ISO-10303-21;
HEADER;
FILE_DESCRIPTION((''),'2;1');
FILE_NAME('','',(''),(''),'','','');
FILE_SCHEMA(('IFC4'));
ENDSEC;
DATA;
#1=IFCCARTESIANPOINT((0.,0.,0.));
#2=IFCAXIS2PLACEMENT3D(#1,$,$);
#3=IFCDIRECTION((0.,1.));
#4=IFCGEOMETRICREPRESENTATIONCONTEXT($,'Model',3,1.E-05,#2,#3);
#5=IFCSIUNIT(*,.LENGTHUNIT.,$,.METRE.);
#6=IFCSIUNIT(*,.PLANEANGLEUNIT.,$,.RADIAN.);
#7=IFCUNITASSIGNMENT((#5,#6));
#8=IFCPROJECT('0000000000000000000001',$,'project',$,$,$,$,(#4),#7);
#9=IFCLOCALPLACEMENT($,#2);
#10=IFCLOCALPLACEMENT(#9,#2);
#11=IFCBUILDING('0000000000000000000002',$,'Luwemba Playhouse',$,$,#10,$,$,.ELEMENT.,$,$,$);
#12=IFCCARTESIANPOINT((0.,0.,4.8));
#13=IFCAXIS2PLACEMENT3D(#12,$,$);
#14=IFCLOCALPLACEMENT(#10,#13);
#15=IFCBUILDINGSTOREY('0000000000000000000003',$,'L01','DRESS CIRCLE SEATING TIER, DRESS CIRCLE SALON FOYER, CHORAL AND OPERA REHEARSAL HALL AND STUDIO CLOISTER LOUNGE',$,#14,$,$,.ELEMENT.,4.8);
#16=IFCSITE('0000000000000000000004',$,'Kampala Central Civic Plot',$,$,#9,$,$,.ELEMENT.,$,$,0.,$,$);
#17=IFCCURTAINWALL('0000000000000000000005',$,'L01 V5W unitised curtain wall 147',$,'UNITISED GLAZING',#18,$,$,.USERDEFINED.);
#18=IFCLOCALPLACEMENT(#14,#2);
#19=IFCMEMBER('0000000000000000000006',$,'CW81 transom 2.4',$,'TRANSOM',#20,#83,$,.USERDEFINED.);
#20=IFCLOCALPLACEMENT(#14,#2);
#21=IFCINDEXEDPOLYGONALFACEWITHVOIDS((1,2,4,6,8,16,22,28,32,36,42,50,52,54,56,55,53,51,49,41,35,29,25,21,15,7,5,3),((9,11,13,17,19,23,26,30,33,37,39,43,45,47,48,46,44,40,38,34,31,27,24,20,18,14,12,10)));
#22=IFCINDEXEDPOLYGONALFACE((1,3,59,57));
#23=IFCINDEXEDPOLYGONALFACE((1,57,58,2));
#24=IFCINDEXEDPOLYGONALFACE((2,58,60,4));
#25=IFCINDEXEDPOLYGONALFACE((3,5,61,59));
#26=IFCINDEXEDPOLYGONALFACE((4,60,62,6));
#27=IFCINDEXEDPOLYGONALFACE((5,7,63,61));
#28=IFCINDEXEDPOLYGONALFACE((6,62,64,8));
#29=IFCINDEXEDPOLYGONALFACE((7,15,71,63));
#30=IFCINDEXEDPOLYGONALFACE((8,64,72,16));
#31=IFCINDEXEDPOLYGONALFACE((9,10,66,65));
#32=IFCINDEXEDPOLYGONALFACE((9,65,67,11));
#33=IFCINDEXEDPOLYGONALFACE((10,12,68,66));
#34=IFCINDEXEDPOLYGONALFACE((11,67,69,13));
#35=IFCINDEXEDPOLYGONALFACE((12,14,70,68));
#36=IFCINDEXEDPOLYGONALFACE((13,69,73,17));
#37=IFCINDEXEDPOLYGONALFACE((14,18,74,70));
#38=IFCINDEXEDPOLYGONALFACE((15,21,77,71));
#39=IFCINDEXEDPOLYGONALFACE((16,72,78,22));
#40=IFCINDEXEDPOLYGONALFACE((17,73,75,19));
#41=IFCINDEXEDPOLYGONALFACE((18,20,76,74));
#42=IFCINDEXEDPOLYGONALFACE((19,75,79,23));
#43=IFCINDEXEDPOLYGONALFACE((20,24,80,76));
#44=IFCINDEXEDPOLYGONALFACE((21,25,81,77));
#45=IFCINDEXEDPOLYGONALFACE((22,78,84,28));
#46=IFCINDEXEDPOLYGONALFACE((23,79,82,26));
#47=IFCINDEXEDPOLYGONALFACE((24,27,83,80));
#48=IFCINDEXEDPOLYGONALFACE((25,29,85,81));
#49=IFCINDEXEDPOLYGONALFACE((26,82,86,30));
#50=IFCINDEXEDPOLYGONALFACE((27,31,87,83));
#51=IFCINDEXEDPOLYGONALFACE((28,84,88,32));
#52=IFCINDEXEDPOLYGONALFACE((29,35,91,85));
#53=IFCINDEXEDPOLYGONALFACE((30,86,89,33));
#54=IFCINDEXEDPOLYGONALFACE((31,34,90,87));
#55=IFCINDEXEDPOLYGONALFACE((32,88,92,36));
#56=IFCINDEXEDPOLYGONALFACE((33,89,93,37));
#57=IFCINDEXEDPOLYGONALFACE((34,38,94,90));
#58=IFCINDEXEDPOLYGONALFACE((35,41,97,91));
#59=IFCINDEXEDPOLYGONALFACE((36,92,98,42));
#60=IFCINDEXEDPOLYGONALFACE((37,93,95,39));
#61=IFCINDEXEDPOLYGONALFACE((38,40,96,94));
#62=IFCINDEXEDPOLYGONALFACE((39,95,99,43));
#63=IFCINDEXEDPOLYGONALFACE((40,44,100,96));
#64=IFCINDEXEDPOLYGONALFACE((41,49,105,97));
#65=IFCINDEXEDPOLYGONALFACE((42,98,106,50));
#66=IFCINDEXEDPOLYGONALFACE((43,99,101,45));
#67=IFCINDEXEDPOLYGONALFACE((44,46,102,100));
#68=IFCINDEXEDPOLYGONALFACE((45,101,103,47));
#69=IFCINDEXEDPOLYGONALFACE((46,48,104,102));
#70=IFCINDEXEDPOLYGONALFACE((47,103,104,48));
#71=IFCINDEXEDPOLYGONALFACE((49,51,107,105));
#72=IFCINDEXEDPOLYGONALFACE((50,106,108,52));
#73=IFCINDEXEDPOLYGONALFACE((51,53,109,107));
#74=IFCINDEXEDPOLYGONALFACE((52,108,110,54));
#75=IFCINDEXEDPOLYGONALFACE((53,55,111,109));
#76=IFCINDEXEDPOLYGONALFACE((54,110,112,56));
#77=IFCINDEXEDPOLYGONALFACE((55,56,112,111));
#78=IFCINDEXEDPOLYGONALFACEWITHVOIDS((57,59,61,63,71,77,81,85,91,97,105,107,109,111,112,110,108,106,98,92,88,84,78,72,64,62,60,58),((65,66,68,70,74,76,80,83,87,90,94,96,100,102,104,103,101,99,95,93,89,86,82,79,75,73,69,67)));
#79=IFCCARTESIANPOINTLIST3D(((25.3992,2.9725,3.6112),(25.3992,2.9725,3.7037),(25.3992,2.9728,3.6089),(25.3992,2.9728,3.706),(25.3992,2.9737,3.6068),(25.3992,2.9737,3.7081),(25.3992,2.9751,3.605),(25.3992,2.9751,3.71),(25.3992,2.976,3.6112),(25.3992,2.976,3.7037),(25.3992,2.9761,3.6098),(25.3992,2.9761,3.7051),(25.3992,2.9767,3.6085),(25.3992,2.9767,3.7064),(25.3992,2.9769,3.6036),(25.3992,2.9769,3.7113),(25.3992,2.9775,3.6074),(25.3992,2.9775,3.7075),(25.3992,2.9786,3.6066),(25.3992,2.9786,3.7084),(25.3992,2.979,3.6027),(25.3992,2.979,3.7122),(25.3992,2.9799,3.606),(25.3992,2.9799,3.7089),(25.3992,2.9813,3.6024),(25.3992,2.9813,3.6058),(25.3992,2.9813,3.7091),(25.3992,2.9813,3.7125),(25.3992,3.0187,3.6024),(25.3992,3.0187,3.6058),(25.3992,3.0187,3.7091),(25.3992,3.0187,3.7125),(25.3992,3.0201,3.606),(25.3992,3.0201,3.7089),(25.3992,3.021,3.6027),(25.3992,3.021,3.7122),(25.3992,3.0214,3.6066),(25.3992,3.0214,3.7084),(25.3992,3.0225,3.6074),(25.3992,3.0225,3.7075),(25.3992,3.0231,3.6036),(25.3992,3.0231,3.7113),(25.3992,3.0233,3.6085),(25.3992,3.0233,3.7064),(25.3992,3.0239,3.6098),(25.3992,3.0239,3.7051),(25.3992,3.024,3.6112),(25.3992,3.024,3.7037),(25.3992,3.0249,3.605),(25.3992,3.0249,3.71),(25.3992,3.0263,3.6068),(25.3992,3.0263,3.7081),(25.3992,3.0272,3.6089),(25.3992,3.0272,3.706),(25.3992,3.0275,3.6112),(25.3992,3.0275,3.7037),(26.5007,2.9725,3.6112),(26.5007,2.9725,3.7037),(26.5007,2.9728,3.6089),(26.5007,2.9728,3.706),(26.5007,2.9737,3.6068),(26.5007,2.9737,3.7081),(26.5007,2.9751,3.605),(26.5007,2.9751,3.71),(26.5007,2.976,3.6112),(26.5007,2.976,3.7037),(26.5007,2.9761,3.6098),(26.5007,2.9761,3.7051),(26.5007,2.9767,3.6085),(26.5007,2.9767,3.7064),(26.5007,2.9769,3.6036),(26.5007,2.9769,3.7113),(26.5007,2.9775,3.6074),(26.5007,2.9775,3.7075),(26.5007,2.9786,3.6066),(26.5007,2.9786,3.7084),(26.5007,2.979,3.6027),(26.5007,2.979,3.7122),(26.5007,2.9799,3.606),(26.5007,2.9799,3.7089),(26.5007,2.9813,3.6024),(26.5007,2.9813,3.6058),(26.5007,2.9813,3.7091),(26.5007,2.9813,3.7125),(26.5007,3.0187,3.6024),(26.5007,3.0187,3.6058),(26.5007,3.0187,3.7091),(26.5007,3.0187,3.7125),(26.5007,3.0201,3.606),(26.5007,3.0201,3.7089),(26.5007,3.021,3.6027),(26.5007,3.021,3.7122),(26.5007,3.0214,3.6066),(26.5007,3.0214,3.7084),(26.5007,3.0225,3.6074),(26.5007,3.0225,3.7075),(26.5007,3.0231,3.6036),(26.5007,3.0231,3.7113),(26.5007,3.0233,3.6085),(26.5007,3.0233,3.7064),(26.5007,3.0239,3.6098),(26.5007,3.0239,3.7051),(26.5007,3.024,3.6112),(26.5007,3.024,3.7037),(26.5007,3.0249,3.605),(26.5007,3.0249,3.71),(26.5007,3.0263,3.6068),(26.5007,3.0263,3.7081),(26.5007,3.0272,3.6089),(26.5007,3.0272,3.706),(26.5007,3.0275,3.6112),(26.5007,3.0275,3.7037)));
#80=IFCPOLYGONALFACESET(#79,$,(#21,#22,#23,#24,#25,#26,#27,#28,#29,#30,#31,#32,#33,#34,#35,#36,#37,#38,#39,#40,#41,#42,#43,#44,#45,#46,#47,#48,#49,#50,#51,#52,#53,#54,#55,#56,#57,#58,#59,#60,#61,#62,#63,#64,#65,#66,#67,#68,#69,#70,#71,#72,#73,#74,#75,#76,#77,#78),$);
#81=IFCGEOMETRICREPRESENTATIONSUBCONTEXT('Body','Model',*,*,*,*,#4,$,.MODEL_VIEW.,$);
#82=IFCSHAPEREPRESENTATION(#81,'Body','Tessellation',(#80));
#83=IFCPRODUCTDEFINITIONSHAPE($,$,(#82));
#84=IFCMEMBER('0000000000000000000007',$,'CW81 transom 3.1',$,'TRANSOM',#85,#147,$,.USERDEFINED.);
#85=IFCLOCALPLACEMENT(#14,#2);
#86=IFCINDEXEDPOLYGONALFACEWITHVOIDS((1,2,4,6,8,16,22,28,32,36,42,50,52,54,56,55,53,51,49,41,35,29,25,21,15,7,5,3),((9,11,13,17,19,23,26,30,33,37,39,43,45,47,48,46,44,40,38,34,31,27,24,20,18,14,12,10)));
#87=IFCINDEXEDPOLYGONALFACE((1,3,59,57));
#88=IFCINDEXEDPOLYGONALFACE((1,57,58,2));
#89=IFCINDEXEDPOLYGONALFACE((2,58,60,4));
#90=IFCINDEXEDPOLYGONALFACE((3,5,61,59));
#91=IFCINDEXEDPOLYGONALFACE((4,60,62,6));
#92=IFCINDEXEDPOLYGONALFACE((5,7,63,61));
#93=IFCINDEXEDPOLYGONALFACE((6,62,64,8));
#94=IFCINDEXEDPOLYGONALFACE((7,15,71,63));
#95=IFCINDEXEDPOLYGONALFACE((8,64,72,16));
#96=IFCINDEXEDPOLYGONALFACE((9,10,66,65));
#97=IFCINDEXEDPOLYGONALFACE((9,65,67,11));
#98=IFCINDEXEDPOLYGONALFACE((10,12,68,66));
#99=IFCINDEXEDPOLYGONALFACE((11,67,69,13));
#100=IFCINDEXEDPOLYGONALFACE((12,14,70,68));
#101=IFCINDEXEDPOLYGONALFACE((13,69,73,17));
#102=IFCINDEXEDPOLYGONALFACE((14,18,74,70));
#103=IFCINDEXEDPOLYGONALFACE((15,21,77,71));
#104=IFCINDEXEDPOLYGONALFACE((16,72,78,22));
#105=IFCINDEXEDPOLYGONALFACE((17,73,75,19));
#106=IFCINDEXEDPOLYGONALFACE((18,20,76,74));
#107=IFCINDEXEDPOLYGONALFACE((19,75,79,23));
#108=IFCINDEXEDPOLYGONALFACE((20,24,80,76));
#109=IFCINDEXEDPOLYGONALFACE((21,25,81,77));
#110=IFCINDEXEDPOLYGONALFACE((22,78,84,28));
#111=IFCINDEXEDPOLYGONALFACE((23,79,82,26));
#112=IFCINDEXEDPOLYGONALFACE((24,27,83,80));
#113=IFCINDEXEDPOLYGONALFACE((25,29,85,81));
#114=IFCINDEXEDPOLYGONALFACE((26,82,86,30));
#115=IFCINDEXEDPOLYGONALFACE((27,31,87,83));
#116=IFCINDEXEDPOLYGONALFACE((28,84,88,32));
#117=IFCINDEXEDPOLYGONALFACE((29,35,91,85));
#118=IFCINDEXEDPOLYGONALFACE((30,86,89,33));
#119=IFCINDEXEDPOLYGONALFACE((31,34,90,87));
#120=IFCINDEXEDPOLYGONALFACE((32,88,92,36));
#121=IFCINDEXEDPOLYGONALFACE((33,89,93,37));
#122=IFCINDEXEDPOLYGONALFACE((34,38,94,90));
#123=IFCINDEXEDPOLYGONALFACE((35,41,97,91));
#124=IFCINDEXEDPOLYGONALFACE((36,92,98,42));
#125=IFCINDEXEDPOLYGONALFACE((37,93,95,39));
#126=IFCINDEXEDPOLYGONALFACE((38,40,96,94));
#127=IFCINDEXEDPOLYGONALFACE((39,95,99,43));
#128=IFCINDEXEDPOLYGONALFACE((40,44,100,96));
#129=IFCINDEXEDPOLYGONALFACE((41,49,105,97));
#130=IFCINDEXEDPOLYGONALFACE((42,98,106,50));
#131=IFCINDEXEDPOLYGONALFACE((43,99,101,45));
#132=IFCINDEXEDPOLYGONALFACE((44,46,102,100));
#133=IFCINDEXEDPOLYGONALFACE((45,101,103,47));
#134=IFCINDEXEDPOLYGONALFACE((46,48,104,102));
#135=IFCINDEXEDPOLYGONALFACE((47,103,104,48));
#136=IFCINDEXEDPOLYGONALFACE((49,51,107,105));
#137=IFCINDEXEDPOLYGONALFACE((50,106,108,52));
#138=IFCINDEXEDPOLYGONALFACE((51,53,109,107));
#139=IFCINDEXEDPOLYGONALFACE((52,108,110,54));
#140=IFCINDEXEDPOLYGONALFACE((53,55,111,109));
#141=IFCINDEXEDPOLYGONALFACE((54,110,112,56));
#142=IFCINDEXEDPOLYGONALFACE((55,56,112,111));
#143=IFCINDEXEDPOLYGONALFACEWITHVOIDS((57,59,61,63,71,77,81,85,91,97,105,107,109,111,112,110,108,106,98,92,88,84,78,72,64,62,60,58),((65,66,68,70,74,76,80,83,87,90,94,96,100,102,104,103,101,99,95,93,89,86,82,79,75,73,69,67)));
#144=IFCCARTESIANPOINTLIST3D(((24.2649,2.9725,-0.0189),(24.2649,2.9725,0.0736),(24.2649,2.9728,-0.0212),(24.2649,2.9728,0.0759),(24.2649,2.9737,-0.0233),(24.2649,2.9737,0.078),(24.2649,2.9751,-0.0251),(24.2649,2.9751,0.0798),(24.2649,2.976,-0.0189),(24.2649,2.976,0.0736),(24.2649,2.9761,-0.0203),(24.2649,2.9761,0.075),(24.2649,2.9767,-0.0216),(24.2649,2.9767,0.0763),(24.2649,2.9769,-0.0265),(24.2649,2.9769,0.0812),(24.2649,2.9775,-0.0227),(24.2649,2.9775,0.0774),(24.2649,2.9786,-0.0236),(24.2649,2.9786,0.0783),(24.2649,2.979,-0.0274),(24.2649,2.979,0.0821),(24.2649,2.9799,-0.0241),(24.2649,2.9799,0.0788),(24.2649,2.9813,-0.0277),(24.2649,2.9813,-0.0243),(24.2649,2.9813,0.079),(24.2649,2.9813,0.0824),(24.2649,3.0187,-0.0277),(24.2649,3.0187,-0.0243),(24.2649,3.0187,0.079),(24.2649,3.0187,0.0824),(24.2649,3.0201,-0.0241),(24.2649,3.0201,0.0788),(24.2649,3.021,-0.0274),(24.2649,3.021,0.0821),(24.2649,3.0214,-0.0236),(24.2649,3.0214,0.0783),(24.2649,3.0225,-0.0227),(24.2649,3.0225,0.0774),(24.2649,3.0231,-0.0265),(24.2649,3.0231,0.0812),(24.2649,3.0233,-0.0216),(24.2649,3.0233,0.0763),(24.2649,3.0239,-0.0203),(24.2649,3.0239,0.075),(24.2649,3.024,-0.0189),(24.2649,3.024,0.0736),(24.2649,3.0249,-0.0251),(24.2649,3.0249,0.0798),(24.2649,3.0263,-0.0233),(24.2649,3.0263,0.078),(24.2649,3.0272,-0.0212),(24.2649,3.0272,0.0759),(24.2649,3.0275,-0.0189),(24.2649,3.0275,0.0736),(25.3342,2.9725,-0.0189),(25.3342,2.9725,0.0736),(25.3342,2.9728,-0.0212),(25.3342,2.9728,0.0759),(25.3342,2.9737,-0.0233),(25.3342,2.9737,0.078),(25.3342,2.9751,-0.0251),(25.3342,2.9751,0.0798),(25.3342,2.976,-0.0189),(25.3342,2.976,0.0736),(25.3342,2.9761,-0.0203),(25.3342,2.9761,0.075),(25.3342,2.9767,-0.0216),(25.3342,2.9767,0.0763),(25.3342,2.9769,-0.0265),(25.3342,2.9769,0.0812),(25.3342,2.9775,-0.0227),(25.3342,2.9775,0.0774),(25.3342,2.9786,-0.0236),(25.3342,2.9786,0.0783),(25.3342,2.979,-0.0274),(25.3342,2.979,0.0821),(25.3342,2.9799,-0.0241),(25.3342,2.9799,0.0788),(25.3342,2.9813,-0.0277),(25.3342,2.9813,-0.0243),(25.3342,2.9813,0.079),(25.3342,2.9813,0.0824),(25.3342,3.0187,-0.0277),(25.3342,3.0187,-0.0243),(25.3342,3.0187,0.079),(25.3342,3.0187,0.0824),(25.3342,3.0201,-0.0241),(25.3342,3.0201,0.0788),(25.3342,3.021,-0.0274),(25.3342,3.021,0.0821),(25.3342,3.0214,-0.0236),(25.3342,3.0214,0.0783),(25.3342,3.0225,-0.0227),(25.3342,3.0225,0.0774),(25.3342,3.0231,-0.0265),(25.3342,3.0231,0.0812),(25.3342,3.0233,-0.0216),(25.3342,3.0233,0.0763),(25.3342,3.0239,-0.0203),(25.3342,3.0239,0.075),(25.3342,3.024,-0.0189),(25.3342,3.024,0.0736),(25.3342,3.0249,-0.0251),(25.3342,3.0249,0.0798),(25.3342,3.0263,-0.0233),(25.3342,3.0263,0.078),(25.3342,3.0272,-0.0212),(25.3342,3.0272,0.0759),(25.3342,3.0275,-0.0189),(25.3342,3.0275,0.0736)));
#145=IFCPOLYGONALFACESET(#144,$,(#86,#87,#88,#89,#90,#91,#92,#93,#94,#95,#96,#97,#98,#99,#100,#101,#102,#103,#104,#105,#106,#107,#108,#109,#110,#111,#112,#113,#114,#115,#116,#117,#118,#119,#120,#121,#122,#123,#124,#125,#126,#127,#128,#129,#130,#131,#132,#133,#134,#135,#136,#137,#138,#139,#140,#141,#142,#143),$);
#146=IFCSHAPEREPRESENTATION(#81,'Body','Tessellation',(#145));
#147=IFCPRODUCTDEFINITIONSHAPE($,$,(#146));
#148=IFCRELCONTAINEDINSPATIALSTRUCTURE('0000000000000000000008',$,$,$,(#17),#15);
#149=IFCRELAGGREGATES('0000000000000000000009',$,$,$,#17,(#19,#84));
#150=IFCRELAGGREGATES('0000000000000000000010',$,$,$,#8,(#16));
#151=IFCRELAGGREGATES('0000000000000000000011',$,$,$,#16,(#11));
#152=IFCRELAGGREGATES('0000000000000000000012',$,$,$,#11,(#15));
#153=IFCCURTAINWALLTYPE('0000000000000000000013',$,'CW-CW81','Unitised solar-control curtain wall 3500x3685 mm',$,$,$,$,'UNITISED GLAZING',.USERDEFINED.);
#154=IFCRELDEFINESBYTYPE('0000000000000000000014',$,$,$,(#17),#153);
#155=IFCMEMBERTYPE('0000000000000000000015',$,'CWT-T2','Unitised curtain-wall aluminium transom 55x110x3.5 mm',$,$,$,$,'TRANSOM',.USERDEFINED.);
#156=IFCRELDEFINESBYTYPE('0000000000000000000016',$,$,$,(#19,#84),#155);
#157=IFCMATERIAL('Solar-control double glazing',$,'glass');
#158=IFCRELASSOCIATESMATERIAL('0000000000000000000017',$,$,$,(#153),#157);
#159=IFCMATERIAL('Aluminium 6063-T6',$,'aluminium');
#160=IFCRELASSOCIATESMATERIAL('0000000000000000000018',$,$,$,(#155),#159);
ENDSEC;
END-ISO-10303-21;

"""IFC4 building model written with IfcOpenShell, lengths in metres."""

from ifc_helpers import new_model, si_unit, direction, frame, origin, origin_2d, place, context, subcontext, project, spatial, hollow_rectangle, extrude, material, material_profile, profile_set, type_object, element, aggregate, save


model = new_model("IFC4")

# Units and contexts
model_context = context("Model", 3, precision=1e-05, world=origin(), true_north=direction((0.0, 1.0)))
body_context = subcontext(model_context, "Body", "Model", "MODEL_VIEW")
ifc_project = project(units=[si_unit("LENGTHUNIT", "METRE"), si_unit("PLANEANGLEUNIT", "RADIAN")], contexts=[model_context])

# Site, building, storey
site_placement = place(None, origin())
site = spatial("IfcSite", under=ifc_project, at=site_placement, Name="Kampala Central Civic Plot", CompositionType="ELEMENT", RefElevation=0.0)
building_placement = place(site_placement, origin())
building = spatial("IfcBuilding", under=site, at=building_placement, Name="Luwemba Playhouse", CompositionType="ELEMENT")
storey_placement = place(building_placement, frame((0.0, 0.0, 4.8)))
storey = spatial("IfcBuildingStorey", under=building, at=storey_placement, Name="L01", Description="DRESS CIRCLE SEATING TIER, DRESS CIRCLE SALON FOYER, CHORAL AND OPERA REHEARSAL HALL AND STUDIO CLOISTER LOUNGE", CompositionType="ELEMENT", Elevation=4.8)

# Shared definitions
ifc_material_1 = material(Name="Solar-control double glazing", Category="glass")
ifc_material_2 = material(Name="Aluminium 6063-T6", Category="aluminium")

# Curtain wall, members
curtain_wall_type_1 = type_object("IfcCurtainWallType", Name="CW-CW81", Description="Unitised solar-control curtain wall 3500x3685 mm", ElementType="UNITISED GLAZING", PredefinedType="USERDEFINED", material=ifc_material_1)
curtain_wall_1_placement = place(storey_placement, origin())
curtain_wall_1 = element("IfcCurtainWall", 1, at=curtain_wall_1_placement, inside=storey, type_object=curtain_wall_type_1, Name="L01 V5W unitised curtain wall 147", ObjectType="UNITISED GLAZING", PredefinedType="USERDEFINED")
ifc_material_profile_1 = material_profile(ifc_material_2, hollow_rectangle(XDim=0.0549, YDim=0.1101, WallThickness=0.0034, InnerFilletRadius=0.0054, OuterFilletRadius=0.0088, at=origin_2d()))
ifc_profile_set_1 = profile_set([ifc_material_profile_1], Name="Aluminium 6063-T6")
member_type_1 = type_object("IfcMemberType", Name="CWT-T2", Description="Unitised curtain-wall aluminium transom 55x110x3.5 mm", ElementType="TRANSOM", PredefinedType="USERDEFINED", material=ifc_profile_set_1)
member_1_placement = place(storey_placement, frame((26.5007, 3.0, 3.6575), z_axis=(-1.0, 0.0, 0.0), x_axis=(0.0, -1.0, 0.0)))
member_1 = element("IfcMember", 2, at=member_1_placement, type_object=member_type_1, Name="CW81 transom 2.4", ObjectType="TRANSOM", PredefinedType="USERDEFINED", context=body_context, shape_type="SweptSolid", body=[
    extrude(hollow_rectangle(XDim=0.0549, YDim=0.1101, WallThickness=0.0034, InnerFilletRadius=0.0054, OuterFilletRadius=0.0088, at=origin_2d()), origin(), (0.0, 0.0, 1.0), 1.1016),
])
member_2_placement = place(storey_placement, frame((25.3342, 3.0, 0.0273), z_axis=(-1.0, 0.0, 0.0), x_axis=(0.0, -1.0, 0.0)))
member_2 = element("IfcMember", 3, at=member_2_placement, type_object=member_type_1, Name="CW81 transom 3.1", ObjectType="TRANSOM", PredefinedType="USERDEFINED", context=body_context, shape_type="SweptSolid", body=[
    extrude(hollow_rectangle(XDim=0.0549, YDim=0.1101, WallThickness=0.0034, InnerFilletRadius=0.0054, OuterFilletRadius=0.0088, at=origin_2d()), origin(), (0.0, 0.0, 1.0), 1.0693),
])
aggregate(curtain_wall_1, [member_1, member_2])

save(model, "model.ifc")
